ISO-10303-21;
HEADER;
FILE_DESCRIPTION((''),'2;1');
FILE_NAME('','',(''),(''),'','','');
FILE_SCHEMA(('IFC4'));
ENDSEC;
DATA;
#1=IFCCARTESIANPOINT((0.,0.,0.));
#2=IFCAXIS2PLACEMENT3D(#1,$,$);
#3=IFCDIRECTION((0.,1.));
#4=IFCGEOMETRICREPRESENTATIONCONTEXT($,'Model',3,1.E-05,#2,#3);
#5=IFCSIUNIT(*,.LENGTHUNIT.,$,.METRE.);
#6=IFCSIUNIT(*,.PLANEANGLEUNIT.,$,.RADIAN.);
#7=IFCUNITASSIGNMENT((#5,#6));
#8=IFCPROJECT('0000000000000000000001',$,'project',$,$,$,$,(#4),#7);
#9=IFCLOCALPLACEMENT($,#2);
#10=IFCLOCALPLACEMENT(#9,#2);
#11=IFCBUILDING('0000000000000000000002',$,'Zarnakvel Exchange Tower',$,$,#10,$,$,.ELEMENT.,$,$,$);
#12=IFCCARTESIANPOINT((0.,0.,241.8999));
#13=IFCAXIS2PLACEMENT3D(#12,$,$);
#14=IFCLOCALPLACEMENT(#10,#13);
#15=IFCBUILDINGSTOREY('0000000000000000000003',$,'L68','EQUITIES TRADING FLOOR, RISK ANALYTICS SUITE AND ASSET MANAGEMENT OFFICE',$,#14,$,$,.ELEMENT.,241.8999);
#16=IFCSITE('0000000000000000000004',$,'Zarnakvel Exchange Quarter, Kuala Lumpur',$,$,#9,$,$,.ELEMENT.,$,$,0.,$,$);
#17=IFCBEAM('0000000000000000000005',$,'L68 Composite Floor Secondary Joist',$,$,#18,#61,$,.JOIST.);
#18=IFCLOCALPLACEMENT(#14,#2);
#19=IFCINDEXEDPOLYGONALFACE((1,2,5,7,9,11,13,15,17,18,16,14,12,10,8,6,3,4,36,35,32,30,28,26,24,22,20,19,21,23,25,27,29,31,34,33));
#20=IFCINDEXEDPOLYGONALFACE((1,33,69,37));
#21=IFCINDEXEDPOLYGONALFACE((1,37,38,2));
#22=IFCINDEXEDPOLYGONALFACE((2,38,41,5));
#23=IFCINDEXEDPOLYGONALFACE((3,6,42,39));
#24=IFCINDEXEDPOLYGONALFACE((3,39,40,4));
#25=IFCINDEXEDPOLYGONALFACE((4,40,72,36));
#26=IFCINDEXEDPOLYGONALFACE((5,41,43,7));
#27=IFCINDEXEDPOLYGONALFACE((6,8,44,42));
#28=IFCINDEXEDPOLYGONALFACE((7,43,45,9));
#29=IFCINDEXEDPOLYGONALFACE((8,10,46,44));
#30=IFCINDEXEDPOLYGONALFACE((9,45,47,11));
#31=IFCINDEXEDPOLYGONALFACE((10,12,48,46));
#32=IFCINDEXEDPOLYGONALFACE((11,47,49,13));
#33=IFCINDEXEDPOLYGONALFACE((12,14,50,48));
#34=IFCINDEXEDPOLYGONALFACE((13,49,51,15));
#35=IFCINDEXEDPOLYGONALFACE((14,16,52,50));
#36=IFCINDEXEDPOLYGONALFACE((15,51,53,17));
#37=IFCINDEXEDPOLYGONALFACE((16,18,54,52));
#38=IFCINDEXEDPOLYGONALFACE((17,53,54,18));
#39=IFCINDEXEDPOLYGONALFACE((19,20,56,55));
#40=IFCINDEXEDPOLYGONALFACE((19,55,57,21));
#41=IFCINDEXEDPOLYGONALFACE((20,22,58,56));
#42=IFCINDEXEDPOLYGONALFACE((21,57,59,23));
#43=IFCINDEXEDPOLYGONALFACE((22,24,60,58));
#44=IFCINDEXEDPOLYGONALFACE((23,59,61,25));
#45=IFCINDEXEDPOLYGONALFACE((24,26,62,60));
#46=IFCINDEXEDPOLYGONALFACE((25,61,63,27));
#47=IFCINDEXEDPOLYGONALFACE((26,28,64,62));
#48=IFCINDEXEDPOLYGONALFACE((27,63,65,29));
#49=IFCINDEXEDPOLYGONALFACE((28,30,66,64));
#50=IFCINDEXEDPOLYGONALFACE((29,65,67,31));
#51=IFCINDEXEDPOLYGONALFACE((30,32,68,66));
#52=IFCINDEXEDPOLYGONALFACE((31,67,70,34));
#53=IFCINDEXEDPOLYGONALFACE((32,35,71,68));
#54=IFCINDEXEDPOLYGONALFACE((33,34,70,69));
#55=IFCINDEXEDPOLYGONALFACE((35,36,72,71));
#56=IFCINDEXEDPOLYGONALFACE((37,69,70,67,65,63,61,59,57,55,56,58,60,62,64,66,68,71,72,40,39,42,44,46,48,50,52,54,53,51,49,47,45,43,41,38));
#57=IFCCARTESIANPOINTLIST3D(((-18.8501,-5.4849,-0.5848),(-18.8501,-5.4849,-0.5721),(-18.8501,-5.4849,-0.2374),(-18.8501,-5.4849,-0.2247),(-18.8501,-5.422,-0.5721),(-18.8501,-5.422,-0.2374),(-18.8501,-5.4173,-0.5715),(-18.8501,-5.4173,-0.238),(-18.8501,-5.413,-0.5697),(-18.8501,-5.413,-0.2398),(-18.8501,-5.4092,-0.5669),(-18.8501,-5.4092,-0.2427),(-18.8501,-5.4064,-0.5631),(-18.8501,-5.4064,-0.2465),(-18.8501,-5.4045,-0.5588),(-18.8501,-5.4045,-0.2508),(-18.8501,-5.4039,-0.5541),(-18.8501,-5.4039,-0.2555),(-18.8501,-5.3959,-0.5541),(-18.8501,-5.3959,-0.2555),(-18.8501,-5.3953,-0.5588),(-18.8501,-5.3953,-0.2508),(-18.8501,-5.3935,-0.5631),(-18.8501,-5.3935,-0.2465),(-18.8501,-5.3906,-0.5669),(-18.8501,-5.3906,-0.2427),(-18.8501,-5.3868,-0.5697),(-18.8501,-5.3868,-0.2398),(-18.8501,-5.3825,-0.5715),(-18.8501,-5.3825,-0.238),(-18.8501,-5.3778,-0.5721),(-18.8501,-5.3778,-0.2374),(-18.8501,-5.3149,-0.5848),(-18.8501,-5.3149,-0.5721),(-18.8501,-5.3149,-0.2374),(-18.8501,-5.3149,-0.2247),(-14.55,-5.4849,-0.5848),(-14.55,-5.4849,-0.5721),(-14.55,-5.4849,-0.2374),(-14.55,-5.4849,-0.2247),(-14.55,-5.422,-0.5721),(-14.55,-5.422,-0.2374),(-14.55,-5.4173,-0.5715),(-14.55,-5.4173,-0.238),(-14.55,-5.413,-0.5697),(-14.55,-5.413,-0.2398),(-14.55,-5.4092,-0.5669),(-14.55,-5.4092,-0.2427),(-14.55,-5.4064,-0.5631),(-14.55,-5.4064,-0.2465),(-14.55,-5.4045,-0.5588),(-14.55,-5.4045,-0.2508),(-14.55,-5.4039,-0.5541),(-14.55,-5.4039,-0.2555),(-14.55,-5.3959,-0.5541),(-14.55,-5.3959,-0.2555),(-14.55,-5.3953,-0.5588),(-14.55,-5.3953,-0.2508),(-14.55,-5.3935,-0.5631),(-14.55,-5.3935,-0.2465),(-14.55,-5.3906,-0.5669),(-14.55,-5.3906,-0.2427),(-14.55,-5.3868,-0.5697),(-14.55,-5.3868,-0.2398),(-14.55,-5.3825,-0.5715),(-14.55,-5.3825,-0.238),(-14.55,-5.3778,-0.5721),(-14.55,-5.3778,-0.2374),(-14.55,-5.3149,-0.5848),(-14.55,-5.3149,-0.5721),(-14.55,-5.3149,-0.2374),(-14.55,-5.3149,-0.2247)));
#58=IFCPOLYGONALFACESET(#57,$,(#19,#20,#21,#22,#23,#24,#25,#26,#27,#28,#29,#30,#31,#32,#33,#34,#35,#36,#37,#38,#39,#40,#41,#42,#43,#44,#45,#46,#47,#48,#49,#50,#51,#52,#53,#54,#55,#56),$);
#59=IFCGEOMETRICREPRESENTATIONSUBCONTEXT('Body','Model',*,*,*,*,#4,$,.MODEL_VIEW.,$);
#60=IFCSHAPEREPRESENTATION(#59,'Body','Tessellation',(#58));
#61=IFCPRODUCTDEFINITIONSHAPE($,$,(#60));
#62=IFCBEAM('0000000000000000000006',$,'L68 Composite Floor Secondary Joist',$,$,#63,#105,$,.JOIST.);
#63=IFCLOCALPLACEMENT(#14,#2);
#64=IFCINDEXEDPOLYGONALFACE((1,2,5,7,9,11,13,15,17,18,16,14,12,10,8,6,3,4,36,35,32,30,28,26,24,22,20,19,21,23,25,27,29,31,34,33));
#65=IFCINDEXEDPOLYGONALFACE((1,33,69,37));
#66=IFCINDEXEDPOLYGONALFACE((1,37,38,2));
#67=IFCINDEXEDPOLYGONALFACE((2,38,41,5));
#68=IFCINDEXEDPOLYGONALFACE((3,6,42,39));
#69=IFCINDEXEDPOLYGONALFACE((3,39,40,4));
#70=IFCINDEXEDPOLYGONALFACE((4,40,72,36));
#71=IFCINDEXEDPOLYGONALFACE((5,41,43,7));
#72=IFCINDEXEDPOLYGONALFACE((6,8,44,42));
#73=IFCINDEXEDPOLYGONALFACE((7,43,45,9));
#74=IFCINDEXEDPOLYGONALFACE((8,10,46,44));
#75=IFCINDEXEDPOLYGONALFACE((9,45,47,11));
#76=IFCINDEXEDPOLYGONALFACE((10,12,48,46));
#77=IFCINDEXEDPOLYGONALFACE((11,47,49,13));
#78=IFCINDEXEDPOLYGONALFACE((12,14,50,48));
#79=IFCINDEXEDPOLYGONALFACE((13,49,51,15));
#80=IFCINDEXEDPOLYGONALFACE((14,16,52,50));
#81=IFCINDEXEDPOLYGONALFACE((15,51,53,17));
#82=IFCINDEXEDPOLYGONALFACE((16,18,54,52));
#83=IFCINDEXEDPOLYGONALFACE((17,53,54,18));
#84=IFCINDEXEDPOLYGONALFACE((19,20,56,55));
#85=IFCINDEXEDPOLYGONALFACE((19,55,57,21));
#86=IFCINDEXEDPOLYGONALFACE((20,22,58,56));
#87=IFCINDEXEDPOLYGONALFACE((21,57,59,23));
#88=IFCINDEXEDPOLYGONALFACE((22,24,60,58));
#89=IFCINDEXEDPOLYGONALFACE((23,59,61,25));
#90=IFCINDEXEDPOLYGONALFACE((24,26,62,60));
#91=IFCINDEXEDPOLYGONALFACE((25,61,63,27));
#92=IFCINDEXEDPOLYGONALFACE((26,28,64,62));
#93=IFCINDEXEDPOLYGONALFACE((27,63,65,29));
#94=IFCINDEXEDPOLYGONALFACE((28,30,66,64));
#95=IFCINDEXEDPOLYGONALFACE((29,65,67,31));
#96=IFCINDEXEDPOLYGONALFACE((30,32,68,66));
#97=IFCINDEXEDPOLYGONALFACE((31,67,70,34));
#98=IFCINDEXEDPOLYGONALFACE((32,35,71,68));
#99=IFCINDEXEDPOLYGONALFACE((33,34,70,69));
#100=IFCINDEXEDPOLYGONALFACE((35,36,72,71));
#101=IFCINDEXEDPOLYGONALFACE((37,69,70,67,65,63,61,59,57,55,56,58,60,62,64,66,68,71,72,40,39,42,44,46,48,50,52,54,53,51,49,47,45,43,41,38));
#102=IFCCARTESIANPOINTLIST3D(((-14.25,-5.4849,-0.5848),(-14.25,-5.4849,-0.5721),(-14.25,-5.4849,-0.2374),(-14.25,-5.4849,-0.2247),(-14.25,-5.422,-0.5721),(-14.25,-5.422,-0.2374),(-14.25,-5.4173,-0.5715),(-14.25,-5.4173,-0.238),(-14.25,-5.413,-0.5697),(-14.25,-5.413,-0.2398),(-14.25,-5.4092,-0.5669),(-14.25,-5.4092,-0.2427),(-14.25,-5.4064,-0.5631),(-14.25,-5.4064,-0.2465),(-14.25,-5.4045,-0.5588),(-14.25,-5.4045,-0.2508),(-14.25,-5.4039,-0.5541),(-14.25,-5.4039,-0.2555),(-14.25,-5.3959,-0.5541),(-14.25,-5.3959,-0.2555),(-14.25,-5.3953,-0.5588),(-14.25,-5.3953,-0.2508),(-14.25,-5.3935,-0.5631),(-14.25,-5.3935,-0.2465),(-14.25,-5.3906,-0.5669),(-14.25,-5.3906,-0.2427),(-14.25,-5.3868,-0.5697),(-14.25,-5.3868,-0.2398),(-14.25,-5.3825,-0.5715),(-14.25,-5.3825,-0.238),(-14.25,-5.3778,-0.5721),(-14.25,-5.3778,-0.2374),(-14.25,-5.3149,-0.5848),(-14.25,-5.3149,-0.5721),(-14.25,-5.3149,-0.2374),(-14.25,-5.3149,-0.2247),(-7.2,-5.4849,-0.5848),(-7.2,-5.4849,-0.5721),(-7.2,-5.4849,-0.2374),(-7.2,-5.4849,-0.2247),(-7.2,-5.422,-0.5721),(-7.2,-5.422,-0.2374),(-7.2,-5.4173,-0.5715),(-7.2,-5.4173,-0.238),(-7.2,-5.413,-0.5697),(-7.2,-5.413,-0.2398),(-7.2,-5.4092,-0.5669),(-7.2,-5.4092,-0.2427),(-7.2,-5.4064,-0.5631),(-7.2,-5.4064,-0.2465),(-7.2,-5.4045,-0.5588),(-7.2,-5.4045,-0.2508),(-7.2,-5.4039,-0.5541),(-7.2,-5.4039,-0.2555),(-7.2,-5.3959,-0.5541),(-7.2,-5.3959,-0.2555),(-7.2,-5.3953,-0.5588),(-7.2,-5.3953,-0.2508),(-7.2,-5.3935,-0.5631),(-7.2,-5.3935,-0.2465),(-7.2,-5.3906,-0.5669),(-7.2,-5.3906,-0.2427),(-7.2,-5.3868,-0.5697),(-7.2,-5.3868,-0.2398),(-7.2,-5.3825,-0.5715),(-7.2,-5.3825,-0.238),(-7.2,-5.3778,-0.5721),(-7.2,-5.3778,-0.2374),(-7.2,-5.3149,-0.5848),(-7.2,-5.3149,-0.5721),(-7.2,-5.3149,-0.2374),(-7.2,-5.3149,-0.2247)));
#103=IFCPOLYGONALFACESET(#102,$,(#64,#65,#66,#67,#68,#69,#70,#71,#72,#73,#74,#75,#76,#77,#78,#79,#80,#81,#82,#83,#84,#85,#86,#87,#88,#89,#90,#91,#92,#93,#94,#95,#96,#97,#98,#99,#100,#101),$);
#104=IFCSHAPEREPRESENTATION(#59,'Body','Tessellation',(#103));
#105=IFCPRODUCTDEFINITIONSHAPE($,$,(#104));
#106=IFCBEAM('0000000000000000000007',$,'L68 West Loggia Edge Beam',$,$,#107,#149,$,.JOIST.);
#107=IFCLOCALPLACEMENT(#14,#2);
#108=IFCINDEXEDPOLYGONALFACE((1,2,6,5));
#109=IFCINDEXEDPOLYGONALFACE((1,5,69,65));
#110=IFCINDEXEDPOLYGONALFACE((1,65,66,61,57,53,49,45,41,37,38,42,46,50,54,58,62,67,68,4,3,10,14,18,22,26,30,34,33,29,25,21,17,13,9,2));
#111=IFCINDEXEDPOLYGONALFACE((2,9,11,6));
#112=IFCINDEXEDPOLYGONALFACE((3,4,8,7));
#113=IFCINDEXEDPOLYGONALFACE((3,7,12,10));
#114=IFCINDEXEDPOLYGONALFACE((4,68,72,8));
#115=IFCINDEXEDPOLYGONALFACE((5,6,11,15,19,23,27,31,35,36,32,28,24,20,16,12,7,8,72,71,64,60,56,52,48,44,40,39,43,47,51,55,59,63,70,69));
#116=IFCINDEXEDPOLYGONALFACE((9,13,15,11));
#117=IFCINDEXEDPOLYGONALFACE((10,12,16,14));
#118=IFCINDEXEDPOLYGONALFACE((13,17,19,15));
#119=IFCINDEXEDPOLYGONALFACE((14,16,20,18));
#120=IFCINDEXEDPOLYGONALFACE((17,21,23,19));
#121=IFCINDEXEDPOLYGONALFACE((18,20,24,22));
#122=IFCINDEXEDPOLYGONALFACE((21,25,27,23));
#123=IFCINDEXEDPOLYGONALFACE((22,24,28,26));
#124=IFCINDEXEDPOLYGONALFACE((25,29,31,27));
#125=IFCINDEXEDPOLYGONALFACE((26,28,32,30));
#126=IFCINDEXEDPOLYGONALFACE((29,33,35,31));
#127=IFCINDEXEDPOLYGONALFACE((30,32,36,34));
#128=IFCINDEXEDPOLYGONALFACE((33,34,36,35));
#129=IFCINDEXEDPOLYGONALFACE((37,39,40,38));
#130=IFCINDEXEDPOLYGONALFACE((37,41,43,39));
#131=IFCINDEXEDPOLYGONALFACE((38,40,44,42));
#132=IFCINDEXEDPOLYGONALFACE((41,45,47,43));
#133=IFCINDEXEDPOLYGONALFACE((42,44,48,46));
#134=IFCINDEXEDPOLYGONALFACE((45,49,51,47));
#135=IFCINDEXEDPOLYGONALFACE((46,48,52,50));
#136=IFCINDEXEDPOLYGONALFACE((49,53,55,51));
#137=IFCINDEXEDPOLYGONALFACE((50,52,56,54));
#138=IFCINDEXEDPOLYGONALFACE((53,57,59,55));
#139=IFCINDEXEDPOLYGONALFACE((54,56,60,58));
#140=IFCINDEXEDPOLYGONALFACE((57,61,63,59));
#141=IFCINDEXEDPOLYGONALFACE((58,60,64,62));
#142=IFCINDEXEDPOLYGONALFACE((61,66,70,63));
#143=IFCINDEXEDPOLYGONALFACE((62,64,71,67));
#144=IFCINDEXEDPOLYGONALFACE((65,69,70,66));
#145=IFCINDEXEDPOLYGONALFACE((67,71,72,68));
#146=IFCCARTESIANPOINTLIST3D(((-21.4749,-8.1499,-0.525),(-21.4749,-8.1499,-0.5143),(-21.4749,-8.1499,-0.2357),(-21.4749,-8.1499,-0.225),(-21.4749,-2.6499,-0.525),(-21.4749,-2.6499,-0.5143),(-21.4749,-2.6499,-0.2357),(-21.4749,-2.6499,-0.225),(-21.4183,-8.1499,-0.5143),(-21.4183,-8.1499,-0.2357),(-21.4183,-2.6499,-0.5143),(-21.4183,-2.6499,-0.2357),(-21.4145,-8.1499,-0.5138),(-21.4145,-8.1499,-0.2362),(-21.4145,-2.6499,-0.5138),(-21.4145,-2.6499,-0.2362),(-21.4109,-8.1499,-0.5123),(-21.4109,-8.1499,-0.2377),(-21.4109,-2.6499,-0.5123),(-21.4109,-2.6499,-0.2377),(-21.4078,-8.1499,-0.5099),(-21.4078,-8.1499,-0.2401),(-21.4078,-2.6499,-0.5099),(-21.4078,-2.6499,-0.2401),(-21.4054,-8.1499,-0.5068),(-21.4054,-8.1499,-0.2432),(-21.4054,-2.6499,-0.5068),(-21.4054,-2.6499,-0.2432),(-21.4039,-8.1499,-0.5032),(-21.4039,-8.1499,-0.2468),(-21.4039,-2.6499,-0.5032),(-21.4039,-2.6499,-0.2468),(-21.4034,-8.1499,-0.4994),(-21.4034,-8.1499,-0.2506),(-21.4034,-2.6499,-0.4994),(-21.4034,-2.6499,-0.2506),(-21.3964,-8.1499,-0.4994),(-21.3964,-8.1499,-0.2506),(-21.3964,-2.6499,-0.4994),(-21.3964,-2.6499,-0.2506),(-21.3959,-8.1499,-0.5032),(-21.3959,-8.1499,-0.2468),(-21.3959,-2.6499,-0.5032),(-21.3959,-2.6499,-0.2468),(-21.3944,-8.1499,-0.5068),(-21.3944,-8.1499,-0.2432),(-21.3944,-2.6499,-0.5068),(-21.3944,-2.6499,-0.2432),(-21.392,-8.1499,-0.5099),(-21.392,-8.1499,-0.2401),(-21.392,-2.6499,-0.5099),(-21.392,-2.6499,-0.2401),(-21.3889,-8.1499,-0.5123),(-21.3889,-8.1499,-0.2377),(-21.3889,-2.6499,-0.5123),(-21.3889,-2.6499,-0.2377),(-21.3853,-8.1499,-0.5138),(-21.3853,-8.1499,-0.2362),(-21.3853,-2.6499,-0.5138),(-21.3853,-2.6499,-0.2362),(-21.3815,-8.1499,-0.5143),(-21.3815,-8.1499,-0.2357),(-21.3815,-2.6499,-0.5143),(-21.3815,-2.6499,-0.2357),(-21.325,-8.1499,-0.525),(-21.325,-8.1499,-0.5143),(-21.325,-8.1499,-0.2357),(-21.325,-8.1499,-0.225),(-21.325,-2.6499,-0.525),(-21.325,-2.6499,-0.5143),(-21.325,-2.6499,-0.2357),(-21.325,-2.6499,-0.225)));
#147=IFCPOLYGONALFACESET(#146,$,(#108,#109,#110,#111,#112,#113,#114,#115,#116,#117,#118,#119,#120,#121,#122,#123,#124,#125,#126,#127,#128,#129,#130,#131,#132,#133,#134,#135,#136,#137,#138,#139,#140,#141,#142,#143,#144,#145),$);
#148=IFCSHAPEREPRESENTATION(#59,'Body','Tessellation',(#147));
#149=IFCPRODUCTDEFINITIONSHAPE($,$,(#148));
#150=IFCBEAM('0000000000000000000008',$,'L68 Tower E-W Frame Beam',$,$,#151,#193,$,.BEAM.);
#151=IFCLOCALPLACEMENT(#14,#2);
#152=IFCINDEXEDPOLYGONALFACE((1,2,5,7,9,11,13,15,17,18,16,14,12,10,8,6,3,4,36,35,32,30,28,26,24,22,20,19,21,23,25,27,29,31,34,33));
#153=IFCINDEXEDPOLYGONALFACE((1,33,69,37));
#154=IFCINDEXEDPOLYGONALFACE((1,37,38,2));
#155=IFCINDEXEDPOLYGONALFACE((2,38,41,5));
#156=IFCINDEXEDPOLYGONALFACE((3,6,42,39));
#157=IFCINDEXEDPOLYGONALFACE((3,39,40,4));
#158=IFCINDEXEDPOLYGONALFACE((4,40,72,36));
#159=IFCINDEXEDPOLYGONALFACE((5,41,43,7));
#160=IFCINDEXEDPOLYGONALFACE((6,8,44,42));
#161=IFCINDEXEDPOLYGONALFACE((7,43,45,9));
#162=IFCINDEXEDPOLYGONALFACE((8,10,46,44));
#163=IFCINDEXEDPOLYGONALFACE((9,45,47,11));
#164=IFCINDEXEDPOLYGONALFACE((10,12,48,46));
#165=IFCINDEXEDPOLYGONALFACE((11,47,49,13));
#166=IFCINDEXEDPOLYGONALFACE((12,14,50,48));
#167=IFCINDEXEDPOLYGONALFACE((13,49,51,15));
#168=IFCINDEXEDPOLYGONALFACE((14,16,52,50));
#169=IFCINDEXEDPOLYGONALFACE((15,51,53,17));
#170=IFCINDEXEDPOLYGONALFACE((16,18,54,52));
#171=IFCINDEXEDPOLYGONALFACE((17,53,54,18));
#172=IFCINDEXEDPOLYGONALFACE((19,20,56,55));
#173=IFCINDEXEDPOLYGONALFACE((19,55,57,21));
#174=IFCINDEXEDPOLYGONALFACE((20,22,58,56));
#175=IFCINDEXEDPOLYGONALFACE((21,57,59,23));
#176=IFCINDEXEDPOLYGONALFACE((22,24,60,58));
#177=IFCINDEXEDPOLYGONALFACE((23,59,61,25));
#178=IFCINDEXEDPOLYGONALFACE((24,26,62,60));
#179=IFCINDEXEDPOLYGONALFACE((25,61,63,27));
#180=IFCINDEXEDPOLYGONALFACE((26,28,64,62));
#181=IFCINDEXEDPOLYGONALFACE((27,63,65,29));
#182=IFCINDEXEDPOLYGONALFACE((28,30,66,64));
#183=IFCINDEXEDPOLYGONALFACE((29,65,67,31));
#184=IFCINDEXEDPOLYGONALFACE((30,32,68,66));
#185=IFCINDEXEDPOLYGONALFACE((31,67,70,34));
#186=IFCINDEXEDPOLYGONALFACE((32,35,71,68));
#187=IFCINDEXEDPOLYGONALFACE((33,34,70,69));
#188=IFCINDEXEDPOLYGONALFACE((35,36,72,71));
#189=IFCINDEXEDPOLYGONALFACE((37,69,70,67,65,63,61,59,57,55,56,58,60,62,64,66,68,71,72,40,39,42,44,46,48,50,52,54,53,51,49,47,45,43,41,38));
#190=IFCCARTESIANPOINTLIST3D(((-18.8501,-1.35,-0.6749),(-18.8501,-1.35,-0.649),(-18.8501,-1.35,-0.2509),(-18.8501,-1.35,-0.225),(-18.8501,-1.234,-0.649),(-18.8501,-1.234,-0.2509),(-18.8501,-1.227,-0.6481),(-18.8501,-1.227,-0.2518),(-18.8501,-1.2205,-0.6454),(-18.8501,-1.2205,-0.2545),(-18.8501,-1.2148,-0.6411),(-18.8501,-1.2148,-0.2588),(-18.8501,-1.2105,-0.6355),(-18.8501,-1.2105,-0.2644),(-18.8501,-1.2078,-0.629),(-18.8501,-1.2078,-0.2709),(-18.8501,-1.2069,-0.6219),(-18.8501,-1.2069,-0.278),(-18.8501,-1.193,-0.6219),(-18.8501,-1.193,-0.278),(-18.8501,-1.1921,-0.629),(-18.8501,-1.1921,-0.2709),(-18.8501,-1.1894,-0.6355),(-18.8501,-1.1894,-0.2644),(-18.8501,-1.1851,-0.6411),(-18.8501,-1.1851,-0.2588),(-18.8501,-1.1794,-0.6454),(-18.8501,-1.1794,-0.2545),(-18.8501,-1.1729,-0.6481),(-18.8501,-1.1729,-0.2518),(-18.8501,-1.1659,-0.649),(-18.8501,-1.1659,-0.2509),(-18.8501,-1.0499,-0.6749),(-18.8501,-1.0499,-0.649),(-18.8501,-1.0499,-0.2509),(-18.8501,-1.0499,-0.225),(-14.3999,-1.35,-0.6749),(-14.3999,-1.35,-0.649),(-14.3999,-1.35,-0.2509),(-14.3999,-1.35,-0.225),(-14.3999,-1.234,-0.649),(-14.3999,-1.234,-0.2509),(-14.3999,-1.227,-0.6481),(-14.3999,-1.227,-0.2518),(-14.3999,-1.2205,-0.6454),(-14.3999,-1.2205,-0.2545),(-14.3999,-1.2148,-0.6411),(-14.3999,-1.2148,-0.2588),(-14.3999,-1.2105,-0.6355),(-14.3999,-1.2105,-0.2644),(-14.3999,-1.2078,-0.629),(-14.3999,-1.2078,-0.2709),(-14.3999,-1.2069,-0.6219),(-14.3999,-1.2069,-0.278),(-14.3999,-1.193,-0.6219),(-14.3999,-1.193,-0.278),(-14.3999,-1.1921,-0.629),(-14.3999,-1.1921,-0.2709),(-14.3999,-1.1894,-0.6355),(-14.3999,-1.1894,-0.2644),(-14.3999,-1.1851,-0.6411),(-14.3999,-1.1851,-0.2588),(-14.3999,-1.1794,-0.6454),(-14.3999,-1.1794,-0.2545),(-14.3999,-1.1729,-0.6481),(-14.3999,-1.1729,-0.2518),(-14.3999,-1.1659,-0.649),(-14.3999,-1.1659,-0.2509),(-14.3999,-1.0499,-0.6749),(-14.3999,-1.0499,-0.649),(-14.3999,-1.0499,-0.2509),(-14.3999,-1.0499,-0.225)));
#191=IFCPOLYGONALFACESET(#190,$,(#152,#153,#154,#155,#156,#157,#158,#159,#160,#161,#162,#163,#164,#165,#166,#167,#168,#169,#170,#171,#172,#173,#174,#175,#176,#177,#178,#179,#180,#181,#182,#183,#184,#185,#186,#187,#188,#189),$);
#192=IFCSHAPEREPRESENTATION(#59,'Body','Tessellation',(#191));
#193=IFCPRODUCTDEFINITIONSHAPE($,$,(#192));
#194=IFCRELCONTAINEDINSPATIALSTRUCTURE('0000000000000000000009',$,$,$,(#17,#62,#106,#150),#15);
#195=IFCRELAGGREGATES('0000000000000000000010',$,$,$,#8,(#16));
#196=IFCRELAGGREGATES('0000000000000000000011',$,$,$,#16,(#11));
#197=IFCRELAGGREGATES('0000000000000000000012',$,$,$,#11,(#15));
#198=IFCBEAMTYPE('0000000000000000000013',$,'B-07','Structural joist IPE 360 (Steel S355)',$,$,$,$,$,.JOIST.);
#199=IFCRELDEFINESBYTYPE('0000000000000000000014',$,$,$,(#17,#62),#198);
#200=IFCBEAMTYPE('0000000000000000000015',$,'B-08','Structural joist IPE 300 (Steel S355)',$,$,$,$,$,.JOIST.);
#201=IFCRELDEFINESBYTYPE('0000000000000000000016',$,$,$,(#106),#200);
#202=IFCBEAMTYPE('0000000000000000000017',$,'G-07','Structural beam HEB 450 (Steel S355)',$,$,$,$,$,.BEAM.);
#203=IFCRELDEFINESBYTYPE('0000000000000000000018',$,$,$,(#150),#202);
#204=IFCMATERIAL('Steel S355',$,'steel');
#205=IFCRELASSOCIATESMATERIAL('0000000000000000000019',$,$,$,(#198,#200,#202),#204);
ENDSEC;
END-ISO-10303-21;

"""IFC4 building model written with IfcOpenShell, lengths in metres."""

from ifc_helpers import new_model, si_unit, direction, frame, origin, origin_2d, place, context, subcontext, project, spatial, i_section, extrude, material, material_profile, profile_set, type_object, element, save


model = new_model("IFC4")

# Units and contexts
model_context = context("Model", 3, precision=1e-05, world=origin(), true_north=direction((0.0, 1.0)))
body_context = subcontext(model_context, "Body", "Model", "MODEL_VIEW")
ifc_project = project(units=[si_unit("LENGTHUNIT", "METRE"), si_unit("PLANEANGLEUNIT", "RADIAN")], contexts=[model_context])

# Site, building, storey
site_placement = place(None, origin())
site = spatial("IfcSite", under=ifc_project, at=site_placement, Name="Zarnakvel Exchange Quarter, Kuala Lumpur", CompositionType="ELEMENT", RefElevation=0.0)
building_placement = place(site_placement, origin())
building = spatial("IfcBuilding", under=site, at=building_placement, Name="Zarnakvel Exchange Tower", CompositionType="ELEMENT")
storey_placement = place(building_placement, frame((0.0, 0.0, 241.8999)))
storey = spatial("IfcBuildingStorey", under=building, at=storey_placement, Name="L68", Description="EQUITIES TRADING FLOOR, RISK ANALYTICS SUITE AND ASSET MANAGEMENT OFFICE", CompositionType="ELEMENT", Elevation=241.8999)

# Shared definitions
ifc_material_1 = material(Name="Steel S355", Category="steel")

# Beams
ifc_material_profile_1 = material_profile(ifc_material_1, i_section(OverallWidth=0.1699, OverallDepth=0.3601, WebThickness=0.0081, FlangeThickness=0.0127, FilletRadius=0.0181, at=origin_2d()))
ifc_profile_set_1 = profile_set([ifc_material_profile_1], Name="Steel S355")
beam_type_1 = type_object("IfcBeamType", Name="B-07", Description="Structural joist IPE 360 (Steel S355)", PredefinedType="JOIST", material=ifc_profile_set_1)
beam_1_placement = place(storey_placement, frame((-18.8501, -5.3999, -0.4048), z_axis=(1.0, 0.0, 0.0), x_axis=(0.0, 1.0, 0.0)))
element("IfcBeam", 1, at=beam_1_placement, inside=storey, type_object=beam_type_1, Name="L68 Composite Floor Secondary Joist", PredefinedType="JOIST", context=body_context, shape_type="SweptSolid", body=[
    extrude(i_section(OverallWidth=0.1699, OverallDepth=0.3601, WebThickness=0.0081, FlangeThickness=0.0127, FilletRadius=0.0181, at=origin_2d()), origin(), (0.0, 0.0, 1.0), 4.3),
])
beam_2_placement = place(storey_placement, frame((-14.25, -5.3999, -0.4048), z_axis=(1.0, 0.0, 0.0), x_axis=(0.0, 1.0, 0.0)))
element("IfcBeam", 2, at=beam_2_placement, inside=storey, type_object=beam_type_1, Name="L68 Composite Floor Secondary Joist", PredefinedType="JOIST", context=body_context, shape_type="SweptSolid", body=[
    extrude(i_section(OverallWidth=0.1699, OverallDepth=0.3601, WebThickness=0.0081, FlangeThickness=0.0127, FilletRadius=0.0181, at=origin_2d()), origin(), (0.0, 0.0, 1.0), 7.05),
])
ifc_material_profile_2 = material_profile(ifc_material_1, i_section(OverallWidth=0.1499, OverallDepth=0.3, WebThickness=0.0071, FlangeThickness=0.0107, FilletRadius=0.0149, at=origin_2d()))
ifc_profile_set_2 = profile_set([ifc_material_profile_2], Name="Steel S355")
beam_type_2 = type_object("IfcBeamType", Name="B-08", Description="Structural joist IPE 300 (Steel S355)", PredefinedType="JOIST", material=ifc_profile_set_2)
beam_3_placement = place(storey_placement, frame((-21.3999, -8.1499, -0.375), z_axis=(0.0, 1.0, 0.0), x_axis=(-1.0, 0.0, 0.0)))
element("IfcBeam", 3, at=beam_3_placement, inside=storey, type_object=beam_type_2, Name="L68 West Loggia Edge Beam", PredefinedType="JOIST", context=body_context, shape_type="SweptSolid", body=[
    extrude(i_section(OverallWidth=0.1499, OverallDepth=0.3, WebThickness=0.0071, FlangeThickness=0.0107, FilletRadius=0.0149, at=origin_2d()), origin(), (0.0, 0.0, 1.0), 5.5),
])
ifc_material_profile_3 = material_profile(ifc_material_1, i_section(OverallWidth=0.3, OverallDepth=0.45, WebThickness=0.0139, FlangeThickness=0.0259, FilletRadius=0.0271, at=origin_2d()))
ifc_profile_set_3 = profile_set([ifc_material_profile_3], Name="Steel S355")
beam_type_3 = type_object("IfcBeamType", Name="G-07", Description="Structural beam HEB 450 (Steel S355)", PredefinedType="BEAM", material=ifc_profile_set_3)
beam_4_placement = place(storey_placement, frame((-18.8501, -1.2, -0.45), z_axis=(1.0, 0.0, 0.0), x_axis=(0.0, 1.0, 0.0)))
element("IfcBeam", 4, at=beam_4_placement, inside=storey, type_object=beam_type_3, Name="L68 Tower E-W Frame Beam", PredefinedType="BEAM", context=body_context, shape_type="SweptSolid", body=[
    extrude(i_section(OverallWidth=0.3, OverallDepth=0.45, WebThickness=0.0139, FlangeThickness=0.0259, FilletRadius=0.0271, at=origin_2d()), origin(), (0.0, 0.0, 1.0), 4.4502),
])

save(model, "model.ifc")
